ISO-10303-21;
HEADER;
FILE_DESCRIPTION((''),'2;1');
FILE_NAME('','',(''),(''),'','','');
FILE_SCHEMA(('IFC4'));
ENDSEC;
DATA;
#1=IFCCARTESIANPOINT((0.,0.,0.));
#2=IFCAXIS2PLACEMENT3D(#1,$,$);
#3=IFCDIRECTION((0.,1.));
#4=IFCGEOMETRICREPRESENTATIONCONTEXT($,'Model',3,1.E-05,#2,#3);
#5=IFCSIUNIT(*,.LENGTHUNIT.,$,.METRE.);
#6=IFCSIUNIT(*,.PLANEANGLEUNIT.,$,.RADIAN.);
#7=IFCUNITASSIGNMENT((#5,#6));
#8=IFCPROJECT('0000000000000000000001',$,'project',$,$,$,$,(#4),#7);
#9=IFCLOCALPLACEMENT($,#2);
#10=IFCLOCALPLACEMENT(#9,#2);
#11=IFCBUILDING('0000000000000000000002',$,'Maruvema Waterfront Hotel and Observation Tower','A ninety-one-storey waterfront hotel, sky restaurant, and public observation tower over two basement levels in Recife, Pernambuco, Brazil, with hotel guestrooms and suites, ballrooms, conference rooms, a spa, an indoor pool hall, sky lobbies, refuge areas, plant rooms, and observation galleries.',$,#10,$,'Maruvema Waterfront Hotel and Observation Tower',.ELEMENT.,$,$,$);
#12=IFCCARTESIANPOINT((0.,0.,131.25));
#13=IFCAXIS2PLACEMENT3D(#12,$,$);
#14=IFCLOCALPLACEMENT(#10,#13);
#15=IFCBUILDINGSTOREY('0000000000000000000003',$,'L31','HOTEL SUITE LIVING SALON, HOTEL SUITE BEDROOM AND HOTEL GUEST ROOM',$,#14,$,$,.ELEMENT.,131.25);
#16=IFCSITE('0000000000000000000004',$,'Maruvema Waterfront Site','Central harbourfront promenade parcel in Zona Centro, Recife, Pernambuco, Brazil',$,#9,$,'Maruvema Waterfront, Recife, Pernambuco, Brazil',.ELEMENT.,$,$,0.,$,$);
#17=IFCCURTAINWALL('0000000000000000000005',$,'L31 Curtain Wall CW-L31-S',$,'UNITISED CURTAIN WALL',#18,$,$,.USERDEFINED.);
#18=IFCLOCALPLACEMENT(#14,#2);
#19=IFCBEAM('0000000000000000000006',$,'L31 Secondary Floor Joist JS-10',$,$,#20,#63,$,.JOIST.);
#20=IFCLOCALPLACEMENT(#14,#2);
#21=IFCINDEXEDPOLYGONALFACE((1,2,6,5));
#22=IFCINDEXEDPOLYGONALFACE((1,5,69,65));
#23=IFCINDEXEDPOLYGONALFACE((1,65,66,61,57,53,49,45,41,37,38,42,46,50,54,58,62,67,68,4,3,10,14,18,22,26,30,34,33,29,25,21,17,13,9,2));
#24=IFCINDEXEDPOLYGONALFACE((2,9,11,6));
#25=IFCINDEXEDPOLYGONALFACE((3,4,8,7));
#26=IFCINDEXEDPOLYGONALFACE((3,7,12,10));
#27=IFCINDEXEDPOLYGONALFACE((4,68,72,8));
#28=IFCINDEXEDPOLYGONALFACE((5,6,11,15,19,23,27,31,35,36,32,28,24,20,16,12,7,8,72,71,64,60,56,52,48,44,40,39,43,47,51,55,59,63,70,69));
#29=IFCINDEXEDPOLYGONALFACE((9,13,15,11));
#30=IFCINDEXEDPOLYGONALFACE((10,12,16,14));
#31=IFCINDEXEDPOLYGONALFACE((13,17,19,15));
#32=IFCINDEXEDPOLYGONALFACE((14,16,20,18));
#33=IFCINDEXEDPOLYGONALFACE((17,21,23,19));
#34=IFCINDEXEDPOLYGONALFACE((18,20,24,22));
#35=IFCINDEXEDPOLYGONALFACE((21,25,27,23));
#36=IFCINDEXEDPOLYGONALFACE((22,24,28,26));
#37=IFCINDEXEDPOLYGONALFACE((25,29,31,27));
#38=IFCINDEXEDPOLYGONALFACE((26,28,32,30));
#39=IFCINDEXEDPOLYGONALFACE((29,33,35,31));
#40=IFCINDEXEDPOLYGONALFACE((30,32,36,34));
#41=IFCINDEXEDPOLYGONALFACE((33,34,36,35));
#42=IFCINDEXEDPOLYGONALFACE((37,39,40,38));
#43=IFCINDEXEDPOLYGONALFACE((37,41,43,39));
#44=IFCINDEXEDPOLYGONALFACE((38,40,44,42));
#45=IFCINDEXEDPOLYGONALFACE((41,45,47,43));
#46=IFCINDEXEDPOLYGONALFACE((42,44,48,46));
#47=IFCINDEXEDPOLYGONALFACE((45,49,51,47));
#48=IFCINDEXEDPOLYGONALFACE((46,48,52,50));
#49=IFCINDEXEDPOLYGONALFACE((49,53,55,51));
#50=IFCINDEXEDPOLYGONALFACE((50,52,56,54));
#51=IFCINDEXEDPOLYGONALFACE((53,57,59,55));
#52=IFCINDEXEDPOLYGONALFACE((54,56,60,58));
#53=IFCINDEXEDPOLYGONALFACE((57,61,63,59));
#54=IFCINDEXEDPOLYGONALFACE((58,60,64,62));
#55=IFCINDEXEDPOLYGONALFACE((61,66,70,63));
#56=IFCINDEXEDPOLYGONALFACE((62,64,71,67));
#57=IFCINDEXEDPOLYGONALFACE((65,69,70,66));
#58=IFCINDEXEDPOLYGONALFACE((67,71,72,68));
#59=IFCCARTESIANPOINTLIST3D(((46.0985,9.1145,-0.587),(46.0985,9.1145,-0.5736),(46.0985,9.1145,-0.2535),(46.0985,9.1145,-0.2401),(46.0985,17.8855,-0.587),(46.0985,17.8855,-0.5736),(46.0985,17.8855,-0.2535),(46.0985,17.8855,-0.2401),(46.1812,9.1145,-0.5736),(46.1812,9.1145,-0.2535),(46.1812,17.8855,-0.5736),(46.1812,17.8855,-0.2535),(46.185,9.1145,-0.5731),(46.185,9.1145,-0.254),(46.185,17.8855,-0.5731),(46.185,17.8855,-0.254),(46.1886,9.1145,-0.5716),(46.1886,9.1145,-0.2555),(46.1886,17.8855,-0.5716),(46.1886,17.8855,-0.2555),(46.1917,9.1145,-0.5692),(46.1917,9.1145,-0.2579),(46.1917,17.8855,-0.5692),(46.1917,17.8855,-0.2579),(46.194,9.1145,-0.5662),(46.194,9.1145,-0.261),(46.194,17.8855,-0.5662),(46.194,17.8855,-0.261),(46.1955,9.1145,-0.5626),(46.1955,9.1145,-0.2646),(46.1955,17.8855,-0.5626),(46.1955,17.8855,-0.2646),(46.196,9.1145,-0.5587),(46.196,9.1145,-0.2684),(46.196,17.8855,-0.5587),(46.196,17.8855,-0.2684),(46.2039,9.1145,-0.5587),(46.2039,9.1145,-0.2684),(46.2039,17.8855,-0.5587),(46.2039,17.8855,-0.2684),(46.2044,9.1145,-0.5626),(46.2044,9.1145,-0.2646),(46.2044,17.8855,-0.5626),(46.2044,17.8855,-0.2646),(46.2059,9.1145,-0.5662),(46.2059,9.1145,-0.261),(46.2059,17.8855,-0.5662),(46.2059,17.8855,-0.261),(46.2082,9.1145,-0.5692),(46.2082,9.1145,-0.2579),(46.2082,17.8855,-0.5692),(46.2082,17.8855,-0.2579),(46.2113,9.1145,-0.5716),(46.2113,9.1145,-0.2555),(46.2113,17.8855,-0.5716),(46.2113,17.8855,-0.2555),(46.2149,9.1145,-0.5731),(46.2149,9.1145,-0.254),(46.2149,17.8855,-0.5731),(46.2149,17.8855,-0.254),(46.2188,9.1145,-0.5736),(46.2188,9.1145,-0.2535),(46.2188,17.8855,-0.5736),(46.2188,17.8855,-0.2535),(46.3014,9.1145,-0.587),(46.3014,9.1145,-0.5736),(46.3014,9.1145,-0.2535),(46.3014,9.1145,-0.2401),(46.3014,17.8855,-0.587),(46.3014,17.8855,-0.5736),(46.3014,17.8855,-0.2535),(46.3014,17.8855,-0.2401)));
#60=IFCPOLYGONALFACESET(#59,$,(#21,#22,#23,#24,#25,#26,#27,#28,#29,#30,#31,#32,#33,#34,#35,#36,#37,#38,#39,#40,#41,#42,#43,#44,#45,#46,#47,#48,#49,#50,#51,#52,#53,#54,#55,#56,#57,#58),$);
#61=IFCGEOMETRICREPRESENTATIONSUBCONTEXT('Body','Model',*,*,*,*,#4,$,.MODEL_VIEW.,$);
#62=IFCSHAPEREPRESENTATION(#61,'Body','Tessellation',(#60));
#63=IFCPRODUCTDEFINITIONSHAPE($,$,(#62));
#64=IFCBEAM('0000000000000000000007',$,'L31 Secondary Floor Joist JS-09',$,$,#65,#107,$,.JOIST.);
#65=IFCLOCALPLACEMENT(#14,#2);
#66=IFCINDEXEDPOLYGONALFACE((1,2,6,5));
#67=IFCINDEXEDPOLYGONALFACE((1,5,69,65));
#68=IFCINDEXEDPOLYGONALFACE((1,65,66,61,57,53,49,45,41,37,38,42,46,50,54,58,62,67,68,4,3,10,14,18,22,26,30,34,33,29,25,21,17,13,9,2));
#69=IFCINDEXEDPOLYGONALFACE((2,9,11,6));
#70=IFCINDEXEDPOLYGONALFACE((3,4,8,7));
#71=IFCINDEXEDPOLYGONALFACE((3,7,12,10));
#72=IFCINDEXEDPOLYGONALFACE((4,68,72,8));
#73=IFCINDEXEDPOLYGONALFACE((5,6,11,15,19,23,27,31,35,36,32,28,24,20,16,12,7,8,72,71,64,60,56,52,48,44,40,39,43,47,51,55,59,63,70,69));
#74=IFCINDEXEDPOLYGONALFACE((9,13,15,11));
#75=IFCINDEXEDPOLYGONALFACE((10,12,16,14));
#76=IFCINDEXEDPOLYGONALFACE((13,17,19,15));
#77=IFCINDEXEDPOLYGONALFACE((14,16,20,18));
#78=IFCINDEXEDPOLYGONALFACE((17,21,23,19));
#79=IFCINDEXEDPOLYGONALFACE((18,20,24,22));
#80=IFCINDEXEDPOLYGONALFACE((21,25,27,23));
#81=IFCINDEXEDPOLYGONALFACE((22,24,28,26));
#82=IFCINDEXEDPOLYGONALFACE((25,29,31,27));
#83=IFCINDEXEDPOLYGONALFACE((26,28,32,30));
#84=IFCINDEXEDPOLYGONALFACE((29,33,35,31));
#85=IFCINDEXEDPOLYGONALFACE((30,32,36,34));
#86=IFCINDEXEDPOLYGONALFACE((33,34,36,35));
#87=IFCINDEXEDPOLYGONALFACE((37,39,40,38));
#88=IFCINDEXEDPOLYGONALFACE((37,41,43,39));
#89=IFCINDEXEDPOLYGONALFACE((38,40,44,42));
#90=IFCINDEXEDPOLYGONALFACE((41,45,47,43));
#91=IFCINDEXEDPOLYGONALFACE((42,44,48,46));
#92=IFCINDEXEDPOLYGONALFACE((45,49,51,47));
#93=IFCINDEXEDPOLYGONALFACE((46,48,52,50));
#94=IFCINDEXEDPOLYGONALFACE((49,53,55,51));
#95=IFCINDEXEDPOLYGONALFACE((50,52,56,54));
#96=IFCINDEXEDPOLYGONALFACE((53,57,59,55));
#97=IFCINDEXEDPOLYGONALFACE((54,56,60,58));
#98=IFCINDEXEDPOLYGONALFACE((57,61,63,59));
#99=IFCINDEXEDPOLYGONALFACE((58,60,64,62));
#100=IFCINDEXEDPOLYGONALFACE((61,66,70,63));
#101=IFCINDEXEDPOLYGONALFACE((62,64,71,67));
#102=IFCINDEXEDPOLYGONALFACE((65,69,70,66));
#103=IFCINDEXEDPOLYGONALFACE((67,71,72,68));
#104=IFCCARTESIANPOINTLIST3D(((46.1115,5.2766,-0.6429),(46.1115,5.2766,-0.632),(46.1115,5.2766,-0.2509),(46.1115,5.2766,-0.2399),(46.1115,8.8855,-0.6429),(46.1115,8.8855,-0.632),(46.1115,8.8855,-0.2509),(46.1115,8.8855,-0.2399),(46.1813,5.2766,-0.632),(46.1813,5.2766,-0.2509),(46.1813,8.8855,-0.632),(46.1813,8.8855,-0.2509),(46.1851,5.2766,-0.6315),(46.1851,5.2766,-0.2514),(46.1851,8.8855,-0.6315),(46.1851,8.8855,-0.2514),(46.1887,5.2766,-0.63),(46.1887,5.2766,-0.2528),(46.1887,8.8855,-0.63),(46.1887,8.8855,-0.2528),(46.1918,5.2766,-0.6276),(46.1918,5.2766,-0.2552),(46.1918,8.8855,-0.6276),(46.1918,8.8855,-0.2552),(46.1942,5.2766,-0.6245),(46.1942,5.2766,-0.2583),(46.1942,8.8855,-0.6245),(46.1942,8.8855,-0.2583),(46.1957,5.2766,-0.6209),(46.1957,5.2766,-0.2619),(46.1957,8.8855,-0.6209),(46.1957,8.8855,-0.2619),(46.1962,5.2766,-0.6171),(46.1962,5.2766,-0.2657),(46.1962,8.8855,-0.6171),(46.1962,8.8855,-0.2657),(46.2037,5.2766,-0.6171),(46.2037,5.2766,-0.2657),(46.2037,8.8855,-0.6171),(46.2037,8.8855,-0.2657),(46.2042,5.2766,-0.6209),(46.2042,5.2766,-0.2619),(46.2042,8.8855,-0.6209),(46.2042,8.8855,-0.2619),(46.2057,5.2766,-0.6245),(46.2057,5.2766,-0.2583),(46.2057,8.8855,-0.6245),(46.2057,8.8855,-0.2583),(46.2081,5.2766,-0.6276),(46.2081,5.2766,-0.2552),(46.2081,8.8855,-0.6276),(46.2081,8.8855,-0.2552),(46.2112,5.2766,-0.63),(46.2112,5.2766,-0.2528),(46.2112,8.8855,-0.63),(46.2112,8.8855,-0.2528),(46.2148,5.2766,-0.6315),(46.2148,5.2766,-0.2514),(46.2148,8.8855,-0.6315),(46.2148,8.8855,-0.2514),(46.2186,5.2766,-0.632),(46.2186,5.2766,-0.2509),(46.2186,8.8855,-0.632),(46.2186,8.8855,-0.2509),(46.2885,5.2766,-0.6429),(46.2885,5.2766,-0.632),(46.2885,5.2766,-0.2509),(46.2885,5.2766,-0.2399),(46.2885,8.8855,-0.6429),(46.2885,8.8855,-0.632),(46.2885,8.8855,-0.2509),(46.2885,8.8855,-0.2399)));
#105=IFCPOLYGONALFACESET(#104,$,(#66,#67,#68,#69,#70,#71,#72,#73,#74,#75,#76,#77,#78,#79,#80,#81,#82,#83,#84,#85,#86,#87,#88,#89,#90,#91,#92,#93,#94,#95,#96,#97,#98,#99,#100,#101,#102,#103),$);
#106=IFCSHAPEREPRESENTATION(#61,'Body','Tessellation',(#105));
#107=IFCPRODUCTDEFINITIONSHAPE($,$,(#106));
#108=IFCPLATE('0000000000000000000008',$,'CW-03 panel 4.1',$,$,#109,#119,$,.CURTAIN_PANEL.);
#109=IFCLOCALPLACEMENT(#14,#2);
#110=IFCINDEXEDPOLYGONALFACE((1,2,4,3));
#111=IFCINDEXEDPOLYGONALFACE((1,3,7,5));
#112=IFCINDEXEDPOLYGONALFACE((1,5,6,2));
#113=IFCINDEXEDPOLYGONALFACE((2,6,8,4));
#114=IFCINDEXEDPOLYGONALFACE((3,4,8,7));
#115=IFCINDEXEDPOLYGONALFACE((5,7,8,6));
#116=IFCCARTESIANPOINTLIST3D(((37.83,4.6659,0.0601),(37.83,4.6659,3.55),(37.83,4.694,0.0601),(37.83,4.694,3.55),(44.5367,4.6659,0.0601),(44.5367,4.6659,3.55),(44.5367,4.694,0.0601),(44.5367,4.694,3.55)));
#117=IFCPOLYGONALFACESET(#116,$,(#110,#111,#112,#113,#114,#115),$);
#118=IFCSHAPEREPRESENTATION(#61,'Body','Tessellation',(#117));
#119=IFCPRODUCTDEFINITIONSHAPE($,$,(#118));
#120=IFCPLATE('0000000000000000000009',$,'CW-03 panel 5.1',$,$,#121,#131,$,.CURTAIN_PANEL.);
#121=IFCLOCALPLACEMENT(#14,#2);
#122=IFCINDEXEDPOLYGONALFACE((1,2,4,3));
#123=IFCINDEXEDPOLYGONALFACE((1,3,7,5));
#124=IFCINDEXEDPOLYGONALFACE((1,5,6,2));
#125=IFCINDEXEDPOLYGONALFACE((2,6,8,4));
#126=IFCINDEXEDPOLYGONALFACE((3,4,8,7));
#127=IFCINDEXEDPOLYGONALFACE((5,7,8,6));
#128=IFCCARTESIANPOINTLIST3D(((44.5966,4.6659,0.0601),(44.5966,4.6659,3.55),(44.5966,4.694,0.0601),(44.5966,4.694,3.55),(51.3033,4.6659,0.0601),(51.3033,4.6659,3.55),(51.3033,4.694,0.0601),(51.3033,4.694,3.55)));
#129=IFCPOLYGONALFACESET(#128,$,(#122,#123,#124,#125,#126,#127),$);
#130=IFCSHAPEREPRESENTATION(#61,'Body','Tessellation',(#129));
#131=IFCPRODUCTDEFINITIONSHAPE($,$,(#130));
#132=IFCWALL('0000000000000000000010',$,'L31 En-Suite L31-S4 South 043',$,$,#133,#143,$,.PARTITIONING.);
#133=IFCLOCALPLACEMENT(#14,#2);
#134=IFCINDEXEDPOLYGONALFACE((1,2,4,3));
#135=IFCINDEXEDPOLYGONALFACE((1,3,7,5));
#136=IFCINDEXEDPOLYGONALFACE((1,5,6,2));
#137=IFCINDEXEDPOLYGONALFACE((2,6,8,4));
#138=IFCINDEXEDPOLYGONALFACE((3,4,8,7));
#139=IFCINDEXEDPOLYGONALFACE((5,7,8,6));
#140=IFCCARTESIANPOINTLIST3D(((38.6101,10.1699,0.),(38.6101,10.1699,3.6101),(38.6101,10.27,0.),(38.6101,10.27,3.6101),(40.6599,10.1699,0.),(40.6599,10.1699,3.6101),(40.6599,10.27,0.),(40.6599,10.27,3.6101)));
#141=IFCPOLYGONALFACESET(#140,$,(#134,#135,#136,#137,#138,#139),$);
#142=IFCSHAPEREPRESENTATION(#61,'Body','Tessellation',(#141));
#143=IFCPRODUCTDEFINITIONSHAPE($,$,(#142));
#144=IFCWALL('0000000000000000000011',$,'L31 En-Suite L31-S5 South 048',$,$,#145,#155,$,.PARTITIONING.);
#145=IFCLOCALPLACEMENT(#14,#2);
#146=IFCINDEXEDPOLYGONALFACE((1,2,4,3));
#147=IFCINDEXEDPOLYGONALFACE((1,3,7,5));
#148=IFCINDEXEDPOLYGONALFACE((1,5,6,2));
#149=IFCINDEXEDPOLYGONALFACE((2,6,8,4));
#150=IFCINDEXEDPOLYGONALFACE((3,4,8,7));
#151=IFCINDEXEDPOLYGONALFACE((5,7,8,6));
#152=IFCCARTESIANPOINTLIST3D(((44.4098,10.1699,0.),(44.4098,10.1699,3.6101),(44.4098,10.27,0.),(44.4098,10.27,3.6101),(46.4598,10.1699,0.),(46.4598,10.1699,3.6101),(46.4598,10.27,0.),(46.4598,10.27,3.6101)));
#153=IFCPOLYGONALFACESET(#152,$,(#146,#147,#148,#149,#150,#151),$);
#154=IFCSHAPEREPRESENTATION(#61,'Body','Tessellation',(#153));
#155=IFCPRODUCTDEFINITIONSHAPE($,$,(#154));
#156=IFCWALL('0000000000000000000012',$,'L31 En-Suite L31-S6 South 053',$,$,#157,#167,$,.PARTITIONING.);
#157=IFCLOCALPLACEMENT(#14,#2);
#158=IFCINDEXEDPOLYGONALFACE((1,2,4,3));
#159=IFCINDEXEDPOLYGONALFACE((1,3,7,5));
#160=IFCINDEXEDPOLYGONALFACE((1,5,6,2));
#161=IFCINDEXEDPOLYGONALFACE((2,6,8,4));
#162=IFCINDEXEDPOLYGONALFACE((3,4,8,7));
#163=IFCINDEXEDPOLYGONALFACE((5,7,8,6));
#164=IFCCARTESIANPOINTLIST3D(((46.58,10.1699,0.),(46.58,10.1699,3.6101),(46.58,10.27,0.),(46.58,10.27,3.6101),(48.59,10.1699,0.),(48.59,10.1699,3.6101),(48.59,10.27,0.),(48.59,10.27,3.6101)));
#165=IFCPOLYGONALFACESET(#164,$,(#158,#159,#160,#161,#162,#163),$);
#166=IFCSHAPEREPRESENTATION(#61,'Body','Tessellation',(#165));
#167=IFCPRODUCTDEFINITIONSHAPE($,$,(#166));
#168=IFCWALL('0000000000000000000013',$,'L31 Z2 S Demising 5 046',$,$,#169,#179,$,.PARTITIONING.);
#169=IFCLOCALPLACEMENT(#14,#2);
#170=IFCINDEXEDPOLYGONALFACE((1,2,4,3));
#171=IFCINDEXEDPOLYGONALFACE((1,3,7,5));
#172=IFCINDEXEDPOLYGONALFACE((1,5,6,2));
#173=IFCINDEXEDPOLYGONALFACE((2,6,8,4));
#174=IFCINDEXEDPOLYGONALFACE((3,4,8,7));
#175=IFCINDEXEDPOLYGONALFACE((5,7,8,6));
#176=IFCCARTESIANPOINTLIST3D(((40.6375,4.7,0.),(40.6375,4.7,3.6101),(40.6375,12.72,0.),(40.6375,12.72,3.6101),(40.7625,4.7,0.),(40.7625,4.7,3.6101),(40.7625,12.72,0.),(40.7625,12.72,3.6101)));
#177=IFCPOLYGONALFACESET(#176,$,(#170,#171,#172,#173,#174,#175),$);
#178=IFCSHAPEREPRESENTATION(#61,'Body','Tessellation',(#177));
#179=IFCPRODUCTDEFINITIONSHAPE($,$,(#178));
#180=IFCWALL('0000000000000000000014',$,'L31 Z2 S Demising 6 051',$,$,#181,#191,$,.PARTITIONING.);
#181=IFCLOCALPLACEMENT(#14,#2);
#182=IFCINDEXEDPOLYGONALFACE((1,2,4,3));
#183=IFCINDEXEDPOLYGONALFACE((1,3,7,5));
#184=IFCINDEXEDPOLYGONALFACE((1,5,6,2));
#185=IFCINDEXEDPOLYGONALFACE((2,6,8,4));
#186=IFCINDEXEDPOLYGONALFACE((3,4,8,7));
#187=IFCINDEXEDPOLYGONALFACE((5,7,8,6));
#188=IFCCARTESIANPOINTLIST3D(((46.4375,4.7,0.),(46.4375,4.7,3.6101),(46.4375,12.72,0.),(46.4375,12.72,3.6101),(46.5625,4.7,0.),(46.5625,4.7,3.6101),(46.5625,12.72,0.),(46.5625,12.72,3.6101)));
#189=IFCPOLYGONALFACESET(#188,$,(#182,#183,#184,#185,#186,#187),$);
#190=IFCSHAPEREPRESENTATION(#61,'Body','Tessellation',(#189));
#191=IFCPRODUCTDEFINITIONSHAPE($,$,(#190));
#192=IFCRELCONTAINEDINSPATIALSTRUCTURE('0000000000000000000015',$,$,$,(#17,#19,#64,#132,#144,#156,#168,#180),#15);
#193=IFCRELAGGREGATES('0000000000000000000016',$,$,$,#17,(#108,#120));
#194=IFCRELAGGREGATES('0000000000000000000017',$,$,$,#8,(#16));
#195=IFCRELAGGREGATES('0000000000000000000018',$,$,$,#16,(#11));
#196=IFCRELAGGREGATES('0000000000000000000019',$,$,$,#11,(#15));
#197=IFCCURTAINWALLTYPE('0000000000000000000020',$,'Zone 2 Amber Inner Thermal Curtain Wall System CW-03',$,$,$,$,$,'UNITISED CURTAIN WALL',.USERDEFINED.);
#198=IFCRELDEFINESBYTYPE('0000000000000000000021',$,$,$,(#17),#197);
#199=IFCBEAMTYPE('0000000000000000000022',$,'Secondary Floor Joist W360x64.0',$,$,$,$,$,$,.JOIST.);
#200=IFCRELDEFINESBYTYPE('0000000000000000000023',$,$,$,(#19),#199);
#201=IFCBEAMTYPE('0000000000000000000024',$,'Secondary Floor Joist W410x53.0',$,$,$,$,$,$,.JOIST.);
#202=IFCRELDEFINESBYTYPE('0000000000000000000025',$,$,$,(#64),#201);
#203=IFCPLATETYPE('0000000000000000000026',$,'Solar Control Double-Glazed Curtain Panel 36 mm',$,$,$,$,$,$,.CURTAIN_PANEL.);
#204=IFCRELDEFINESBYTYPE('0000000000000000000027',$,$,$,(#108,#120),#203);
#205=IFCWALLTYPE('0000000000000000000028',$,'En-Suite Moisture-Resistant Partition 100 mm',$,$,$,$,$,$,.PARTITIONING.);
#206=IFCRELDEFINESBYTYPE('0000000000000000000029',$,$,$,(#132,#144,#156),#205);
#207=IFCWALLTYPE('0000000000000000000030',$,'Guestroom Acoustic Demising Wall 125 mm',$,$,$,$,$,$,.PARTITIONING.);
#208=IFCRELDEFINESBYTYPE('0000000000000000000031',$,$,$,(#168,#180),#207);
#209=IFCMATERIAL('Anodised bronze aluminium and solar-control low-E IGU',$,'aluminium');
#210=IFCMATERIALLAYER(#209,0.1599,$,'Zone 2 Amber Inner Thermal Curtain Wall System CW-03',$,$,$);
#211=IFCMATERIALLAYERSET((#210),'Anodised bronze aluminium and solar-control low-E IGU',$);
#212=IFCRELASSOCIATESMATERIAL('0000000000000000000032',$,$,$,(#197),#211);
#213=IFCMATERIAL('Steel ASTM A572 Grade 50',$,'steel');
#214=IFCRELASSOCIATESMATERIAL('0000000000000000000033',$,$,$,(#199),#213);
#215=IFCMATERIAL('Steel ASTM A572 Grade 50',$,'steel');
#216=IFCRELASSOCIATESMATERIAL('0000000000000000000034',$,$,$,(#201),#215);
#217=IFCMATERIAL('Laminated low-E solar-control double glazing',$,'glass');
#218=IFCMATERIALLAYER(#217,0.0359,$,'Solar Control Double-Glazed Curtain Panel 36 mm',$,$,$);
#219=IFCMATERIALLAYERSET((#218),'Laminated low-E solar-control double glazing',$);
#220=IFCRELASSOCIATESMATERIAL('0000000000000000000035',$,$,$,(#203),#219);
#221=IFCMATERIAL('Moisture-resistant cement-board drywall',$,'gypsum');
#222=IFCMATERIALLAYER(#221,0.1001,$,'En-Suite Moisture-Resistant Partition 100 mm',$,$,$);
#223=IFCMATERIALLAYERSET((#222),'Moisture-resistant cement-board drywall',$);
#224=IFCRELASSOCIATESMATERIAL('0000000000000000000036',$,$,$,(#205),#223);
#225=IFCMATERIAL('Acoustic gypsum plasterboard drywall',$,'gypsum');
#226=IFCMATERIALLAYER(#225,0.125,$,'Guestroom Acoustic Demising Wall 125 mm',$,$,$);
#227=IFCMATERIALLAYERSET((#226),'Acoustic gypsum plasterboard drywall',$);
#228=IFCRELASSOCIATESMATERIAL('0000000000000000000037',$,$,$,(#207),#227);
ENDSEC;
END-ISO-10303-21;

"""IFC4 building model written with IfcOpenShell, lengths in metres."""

from ifc_helpers import new_model, si_unit, direction, frame, frame_2d, origin, origin_2d, place, context, subcontext, project, spatial, rectangle, i_section, extrude, material, layer, layer_set, material_profile, profile_set, type_object, element, aggregate, save


model = new_model("IFC4")

# Units and contexts
model_context = context("Model", 3, precision=1e-05, world=origin(), true_north=direction((0.0, 1.0)))
body_context = subcontext(model_context, "Body", "Model", "MODEL_VIEW")
ifc_project = project(units=[si_unit("LENGTHUNIT", "METRE"), si_unit("PLANEANGLEUNIT", "RADIAN")], contexts=[model_context])

# Site, building, storey
site_placement = place(None, origin())
site = spatial("IfcSite", under=ifc_project, at=site_placement, Name="Maruvema Waterfront Site", Description="Central harbourfront promenade parcel in Zona Centro, Recife, Pernambuco, Brazil", LongName="Maruvema Waterfront, Recife, Pernambuco, Brazil", CompositionType="ELEMENT", RefElevation=0.0)
building_placement = place(site_placement, origin())
building = spatial("IfcBuilding", under=site, at=building_placement, Name="Maruvema Waterfront Hotel and Observation Tower", Description="A ninety-one-storey waterfront hotel, sky restaurant, and public observation tower over two basement levels in Recife, Pernambuco, Brazil, with hotel guestrooms and suites, ballrooms, conference rooms, a spa, an indoor pool hall, sky lobbies, refuge areas, plant rooms, and observation galleries.", LongName="Maruvema Waterfront Hotel and Observation Tower", CompositionType="ELEMENT")
storey_placement = place(building_placement, frame((0.0, 0.0, 131.25)))
storey = spatial("IfcBuildingStorey", under=building, at=storey_placement, Name="L31", Description="HOTEL SUITE LIVING SALON, HOTEL SUITE BEDROOM AND HOTEL GUEST ROOM", CompositionType="ELEMENT", Elevation=131.25)

# Curtain wall
ifc_material_1 = material(Name="Anodised bronze aluminium and solar-control low-E IGU", Category="aluminium")
ifc_layer_1 = layer(ifc_material_1, 0.1599, Name="Zone 2 Amber Inner Thermal Curtain Wall System CW-03")
ifc_layer_set_1 = layer_set([ifc_layer_1], Name="Anodised bronze aluminium and solar-control low-E IGU")
curtain_wall_type = type_object("IfcCurtainWallType", Name="Zone 2 Amber Inner Thermal Curtain Wall System CW-03", ElementType="UNITISED CURTAIN WALL", PredefinedType="USERDEFINED", material=ifc_layer_set_1)
curtain_wall_placement = place(storey_placement, origin())
curtain_wall = element("IfcCurtainWall", 1, at=curtain_wall_placement, inside=storey, type_object=curtain_wall_type, Name="L31 Curtain Wall CW-L31-S", ObjectType="UNITISED CURTAIN WALL", PredefinedType="USERDEFINED")

# Beams
ifc_material_2 = material(Name="Steel ASTM A572 Grade 50", Category="steel")
ifc_material_profile_1 = material_profile(ifc_material_2, i_section(OverallWidth=0.2029, OverallDepth=0.3469, WebThickness=0.0078, FlangeThickness=0.0134, FilletRadius=0.0149, at=origin_2d()), Name="W360x64.0")
ifc_profile_set_1 = profile_set([ifc_material_profile_1], Name="Steel ASTM A572 Grade 50")
beam_type_1 = type_object("IfcBeamType", Name="Secondary Floor Joist W360x64.0", PredefinedType="JOIST", material=ifc_profile_set_1)
beam_1_placement = place(storey_placement, frame((46.2, 9.1145, -0.4136), z_axis=(0.0, 1.0, 0.0), x_axis=(-1.0, 0.0, 0.0)))
element("IfcBeam", 2, at=beam_1_placement, inside=storey, type_object=beam_type_1, Name="L31 Secondary Floor Joist JS-10", PredefinedType="JOIST", context=body_context, shape_type="SweptSolid", body=[
    extrude(i_section(OverallWidth=0.2029, OverallDepth=0.3469, WebThickness=0.0078, FlangeThickness=0.0134, FilletRadius=0.0149, at=origin_2d()), origin(), (0.0, 0.0, 1.0), 8.771),
])
ifc_material_3 = material(Name="Steel ASTM A572 Grade 50", Category="steel")
ifc_material_profile_2 = material_profile(ifc_material_3, i_section(OverallWidth=0.177, OverallDepth=0.4031, WebThickness=0.0076, FlangeThickness=0.011, FilletRadius=0.0149, at=origin_2d()), Name="W410x53.0")
ifc_profile_set_2 = profile_set([ifc_material_profile_2], Name="Steel ASTM A572 Grade 50")
beam_type_2 = type_object("IfcBeamType", Name="Secondary Floor Joist W410x53.0", PredefinedType="JOIST", material=ifc_profile_set_2)
beam_2_placement = place(storey_placement, frame((46.2, 5.2766, -0.4414), z_axis=(0.0, 1.0, 0.0), x_axis=(-1.0, 0.0, 0.0)))
element("IfcBeam", 3, at=beam_2_placement, inside=storey, type_object=beam_type_2, Name="L31 Secondary Floor Joist JS-09", PredefinedType="JOIST", context=body_context, shape_type="SweptSolid", body=[
    extrude(i_section(OverallWidth=0.177, OverallDepth=0.4031, WebThickness=0.0076, FlangeThickness=0.011, FilletRadius=0.0149, at=origin_2d()), origin(), (0.0, 0.0, 1.0), 3.6089),
])

# Plates
ifc_material_4 = material(Name="Laminated low-E solar-control double glazing", Category="glass")
ifc_layer_2 = layer(ifc_material_4, 0.0359, Name="Solar Control Double-Glazed Curtain Panel 36 mm")
ifc_layer_set_2 = layer_set([ifc_layer_2], Name="Laminated low-E solar-control double glazing")
plate_type = type_object("IfcPlateType", Name="Solar Control Double-Glazed Curtain Panel 36 mm", PredefinedType="CURTAIN_PANEL", material=ifc_layer_set_2)
plate_1_placement = place(storey_placement, frame((41.1833, 4.6799, 0.0601), z_axis=(0.0, 0.0, 1.0), x_axis=(1.0, 0.0, 0.0)))
plate_1 = element("IfcPlate", 4, at=plate_1_placement, type_object=plate_type, Name="CW-03 panel 4.1", PredefinedType="CURTAIN_PANEL", context=body_context, shape_type="SweptSolid", body=[
    extrude(rectangle(XDim=6.7068, YDim=0.0281, at=origin_2d()), origin(), (0.0, 0.0, 1.0), 3.49),
])
plate_2_placement = place(storey_placement, frame((47.95, 4.6799, 0.0601), z_axis=(0.0, 0.0, 1.0), x_axis=(1.0, 0.0, 0.0)))
plate_2 = element("IfcPlate", 5, at=plate_2_placement, type_object=plate_type, Name="CW-03 panel 5.1", PredefinedType="CURTAIN_PANEL", context=body_context, shape_type="SweptSolid", body=[
    extrude(rectangle(XDim=6.7068, YDim=0.0281, at=origin_2d()), origin(), (0.0, 0.0, 1.0), 3.49),
])
aggregate(curtain_wall, [plate_1, plate_2])

# Walls
ifc_material_5 = material(Name="Moisture-resistant cement-board drywall", Category="gypsum")
ifc_layer_3 = layer(ifc_material_5, 0.1001, Name="En-Suite Moisture-Resistant Partition 100 mm")
ifc_layer_set_3 = layer_set([ifc_layer_3], Name="Moisture-resistant cement-board drywall")
wall_type_1 = type_object("IfcWallType", Name="En-Suite Moisture-Resistant Partition 100 mm", PredefinedType="PARTITIONING", material=ifc_layer_set_3)
wall_1_placement = place(storey_placement, frame((38.6101, 10.22, 0.0), z_axis=(0.0, 0.0, 1.0), x_axis=(1.0, 0.0, 0.0)))
element("IfcWall", 6, at=wall_1_placement, inside=storey, type_object=wall_type_1, Name="L31 En-Suite L31-S4 South 043", PredefinedType="PARTITIONING", context=body_context, shape_type="SweptSolid", body=[
    extrude(rectangle(XDim=2.0498, YDim=0.1001, at=frame_2d((1.0249, 0.0))), origin(), (0.0, 0.0, 1.0), 3.6101),
])
wall_2_placement = place(storey_placement, frame((44.4099, 10.22, 0.0), z_axis=(0.0, 0.0, 1.0), x_axis=(1.0, 0.0, 0.0)))
element("IfcWall", 7, at=wall_2_placement, inside=storey, type_object=wall_type_1, Name="L31 En-Suite L31-S5 South 048", PredefinedType="PARTITIONING", context=body_context, shape_type="SweptSolid", body=[
    extrude(rectangle(XDim=2.05, YDim=0.1001, at=frame_2d((1.0249, 0.0))), origin(), (0.0, 0.0, 1.0), 3.6101),
])
wall_3_placement = place(storey_placement, frame((46.5801, 10.22, 0.0), z_axis=(0.0, 0.0, 1.0), x_axis=(1.0, 0.0, 0.0)))
element("IfcWall", 8, at=wall_3_placement, inside=storey, type_object=wall_type_1, Name="L31 En-Suite L31-S6 South 053", PredefinedType="PARTITIONING", context=body_context, shape_type="SweptSolid", body=[
    extrude(rectangle(XDim=2.01, YDim=0.1001, at=frame_2d((1.0049, 0.0))), origin(), (0.0, 0.0, 1.0), 3.6101),
])
ifc_material_6 = material(Name="Acoustic gypsum plasterboard drywall", Category="gypsum")
ifc_layer_4 = layer(ifc_material_6, 0.125, Name="Guestroom Acoustic Demising Wall 125 mm")
ifc_layer_set_4 = layer_set([ifc_layer_4], Name="Acoustic gypsum plasterboard drywall")
wall_type_2 = type_object("IfcWallType", Name="Guestroom Acoustic Demising Wall 125 mm", PredefinedType="PARTITIONING", material=ifc_layer_set_4)
for number, where, z_axis, x_axis, name in (
    (9, (40.7, 4.7, 0.0), (0.0, 0.0, 1.0), (0.0, 1.0, 0.0), "L31 Z2 S Demising 5 046"),
    (10, (46.5, 4.7, 0.0), (0.0, 0.0, 1.0), (0.0, 1.0, 0.0), "L31 Z2 S Demising 6 051"),
):
    element("IfcWall", number, at=place(storey_placement, frame(where, z_axis=z_axis, x_axis=x_axis)), inside=storey, type_object=wall_type_2, Name=name, PredefinedType="PARTITIONING", context=body_context, shape_type="SweptSolid", body=[
        extrude(rectangle(XDim=8.02, YDim=0.125, at=frame_2d((4.01, 0.0))), origin(), (0.0, 0.0, 1.0), 3.6101),
    ])

save(model, "model.ifc")
